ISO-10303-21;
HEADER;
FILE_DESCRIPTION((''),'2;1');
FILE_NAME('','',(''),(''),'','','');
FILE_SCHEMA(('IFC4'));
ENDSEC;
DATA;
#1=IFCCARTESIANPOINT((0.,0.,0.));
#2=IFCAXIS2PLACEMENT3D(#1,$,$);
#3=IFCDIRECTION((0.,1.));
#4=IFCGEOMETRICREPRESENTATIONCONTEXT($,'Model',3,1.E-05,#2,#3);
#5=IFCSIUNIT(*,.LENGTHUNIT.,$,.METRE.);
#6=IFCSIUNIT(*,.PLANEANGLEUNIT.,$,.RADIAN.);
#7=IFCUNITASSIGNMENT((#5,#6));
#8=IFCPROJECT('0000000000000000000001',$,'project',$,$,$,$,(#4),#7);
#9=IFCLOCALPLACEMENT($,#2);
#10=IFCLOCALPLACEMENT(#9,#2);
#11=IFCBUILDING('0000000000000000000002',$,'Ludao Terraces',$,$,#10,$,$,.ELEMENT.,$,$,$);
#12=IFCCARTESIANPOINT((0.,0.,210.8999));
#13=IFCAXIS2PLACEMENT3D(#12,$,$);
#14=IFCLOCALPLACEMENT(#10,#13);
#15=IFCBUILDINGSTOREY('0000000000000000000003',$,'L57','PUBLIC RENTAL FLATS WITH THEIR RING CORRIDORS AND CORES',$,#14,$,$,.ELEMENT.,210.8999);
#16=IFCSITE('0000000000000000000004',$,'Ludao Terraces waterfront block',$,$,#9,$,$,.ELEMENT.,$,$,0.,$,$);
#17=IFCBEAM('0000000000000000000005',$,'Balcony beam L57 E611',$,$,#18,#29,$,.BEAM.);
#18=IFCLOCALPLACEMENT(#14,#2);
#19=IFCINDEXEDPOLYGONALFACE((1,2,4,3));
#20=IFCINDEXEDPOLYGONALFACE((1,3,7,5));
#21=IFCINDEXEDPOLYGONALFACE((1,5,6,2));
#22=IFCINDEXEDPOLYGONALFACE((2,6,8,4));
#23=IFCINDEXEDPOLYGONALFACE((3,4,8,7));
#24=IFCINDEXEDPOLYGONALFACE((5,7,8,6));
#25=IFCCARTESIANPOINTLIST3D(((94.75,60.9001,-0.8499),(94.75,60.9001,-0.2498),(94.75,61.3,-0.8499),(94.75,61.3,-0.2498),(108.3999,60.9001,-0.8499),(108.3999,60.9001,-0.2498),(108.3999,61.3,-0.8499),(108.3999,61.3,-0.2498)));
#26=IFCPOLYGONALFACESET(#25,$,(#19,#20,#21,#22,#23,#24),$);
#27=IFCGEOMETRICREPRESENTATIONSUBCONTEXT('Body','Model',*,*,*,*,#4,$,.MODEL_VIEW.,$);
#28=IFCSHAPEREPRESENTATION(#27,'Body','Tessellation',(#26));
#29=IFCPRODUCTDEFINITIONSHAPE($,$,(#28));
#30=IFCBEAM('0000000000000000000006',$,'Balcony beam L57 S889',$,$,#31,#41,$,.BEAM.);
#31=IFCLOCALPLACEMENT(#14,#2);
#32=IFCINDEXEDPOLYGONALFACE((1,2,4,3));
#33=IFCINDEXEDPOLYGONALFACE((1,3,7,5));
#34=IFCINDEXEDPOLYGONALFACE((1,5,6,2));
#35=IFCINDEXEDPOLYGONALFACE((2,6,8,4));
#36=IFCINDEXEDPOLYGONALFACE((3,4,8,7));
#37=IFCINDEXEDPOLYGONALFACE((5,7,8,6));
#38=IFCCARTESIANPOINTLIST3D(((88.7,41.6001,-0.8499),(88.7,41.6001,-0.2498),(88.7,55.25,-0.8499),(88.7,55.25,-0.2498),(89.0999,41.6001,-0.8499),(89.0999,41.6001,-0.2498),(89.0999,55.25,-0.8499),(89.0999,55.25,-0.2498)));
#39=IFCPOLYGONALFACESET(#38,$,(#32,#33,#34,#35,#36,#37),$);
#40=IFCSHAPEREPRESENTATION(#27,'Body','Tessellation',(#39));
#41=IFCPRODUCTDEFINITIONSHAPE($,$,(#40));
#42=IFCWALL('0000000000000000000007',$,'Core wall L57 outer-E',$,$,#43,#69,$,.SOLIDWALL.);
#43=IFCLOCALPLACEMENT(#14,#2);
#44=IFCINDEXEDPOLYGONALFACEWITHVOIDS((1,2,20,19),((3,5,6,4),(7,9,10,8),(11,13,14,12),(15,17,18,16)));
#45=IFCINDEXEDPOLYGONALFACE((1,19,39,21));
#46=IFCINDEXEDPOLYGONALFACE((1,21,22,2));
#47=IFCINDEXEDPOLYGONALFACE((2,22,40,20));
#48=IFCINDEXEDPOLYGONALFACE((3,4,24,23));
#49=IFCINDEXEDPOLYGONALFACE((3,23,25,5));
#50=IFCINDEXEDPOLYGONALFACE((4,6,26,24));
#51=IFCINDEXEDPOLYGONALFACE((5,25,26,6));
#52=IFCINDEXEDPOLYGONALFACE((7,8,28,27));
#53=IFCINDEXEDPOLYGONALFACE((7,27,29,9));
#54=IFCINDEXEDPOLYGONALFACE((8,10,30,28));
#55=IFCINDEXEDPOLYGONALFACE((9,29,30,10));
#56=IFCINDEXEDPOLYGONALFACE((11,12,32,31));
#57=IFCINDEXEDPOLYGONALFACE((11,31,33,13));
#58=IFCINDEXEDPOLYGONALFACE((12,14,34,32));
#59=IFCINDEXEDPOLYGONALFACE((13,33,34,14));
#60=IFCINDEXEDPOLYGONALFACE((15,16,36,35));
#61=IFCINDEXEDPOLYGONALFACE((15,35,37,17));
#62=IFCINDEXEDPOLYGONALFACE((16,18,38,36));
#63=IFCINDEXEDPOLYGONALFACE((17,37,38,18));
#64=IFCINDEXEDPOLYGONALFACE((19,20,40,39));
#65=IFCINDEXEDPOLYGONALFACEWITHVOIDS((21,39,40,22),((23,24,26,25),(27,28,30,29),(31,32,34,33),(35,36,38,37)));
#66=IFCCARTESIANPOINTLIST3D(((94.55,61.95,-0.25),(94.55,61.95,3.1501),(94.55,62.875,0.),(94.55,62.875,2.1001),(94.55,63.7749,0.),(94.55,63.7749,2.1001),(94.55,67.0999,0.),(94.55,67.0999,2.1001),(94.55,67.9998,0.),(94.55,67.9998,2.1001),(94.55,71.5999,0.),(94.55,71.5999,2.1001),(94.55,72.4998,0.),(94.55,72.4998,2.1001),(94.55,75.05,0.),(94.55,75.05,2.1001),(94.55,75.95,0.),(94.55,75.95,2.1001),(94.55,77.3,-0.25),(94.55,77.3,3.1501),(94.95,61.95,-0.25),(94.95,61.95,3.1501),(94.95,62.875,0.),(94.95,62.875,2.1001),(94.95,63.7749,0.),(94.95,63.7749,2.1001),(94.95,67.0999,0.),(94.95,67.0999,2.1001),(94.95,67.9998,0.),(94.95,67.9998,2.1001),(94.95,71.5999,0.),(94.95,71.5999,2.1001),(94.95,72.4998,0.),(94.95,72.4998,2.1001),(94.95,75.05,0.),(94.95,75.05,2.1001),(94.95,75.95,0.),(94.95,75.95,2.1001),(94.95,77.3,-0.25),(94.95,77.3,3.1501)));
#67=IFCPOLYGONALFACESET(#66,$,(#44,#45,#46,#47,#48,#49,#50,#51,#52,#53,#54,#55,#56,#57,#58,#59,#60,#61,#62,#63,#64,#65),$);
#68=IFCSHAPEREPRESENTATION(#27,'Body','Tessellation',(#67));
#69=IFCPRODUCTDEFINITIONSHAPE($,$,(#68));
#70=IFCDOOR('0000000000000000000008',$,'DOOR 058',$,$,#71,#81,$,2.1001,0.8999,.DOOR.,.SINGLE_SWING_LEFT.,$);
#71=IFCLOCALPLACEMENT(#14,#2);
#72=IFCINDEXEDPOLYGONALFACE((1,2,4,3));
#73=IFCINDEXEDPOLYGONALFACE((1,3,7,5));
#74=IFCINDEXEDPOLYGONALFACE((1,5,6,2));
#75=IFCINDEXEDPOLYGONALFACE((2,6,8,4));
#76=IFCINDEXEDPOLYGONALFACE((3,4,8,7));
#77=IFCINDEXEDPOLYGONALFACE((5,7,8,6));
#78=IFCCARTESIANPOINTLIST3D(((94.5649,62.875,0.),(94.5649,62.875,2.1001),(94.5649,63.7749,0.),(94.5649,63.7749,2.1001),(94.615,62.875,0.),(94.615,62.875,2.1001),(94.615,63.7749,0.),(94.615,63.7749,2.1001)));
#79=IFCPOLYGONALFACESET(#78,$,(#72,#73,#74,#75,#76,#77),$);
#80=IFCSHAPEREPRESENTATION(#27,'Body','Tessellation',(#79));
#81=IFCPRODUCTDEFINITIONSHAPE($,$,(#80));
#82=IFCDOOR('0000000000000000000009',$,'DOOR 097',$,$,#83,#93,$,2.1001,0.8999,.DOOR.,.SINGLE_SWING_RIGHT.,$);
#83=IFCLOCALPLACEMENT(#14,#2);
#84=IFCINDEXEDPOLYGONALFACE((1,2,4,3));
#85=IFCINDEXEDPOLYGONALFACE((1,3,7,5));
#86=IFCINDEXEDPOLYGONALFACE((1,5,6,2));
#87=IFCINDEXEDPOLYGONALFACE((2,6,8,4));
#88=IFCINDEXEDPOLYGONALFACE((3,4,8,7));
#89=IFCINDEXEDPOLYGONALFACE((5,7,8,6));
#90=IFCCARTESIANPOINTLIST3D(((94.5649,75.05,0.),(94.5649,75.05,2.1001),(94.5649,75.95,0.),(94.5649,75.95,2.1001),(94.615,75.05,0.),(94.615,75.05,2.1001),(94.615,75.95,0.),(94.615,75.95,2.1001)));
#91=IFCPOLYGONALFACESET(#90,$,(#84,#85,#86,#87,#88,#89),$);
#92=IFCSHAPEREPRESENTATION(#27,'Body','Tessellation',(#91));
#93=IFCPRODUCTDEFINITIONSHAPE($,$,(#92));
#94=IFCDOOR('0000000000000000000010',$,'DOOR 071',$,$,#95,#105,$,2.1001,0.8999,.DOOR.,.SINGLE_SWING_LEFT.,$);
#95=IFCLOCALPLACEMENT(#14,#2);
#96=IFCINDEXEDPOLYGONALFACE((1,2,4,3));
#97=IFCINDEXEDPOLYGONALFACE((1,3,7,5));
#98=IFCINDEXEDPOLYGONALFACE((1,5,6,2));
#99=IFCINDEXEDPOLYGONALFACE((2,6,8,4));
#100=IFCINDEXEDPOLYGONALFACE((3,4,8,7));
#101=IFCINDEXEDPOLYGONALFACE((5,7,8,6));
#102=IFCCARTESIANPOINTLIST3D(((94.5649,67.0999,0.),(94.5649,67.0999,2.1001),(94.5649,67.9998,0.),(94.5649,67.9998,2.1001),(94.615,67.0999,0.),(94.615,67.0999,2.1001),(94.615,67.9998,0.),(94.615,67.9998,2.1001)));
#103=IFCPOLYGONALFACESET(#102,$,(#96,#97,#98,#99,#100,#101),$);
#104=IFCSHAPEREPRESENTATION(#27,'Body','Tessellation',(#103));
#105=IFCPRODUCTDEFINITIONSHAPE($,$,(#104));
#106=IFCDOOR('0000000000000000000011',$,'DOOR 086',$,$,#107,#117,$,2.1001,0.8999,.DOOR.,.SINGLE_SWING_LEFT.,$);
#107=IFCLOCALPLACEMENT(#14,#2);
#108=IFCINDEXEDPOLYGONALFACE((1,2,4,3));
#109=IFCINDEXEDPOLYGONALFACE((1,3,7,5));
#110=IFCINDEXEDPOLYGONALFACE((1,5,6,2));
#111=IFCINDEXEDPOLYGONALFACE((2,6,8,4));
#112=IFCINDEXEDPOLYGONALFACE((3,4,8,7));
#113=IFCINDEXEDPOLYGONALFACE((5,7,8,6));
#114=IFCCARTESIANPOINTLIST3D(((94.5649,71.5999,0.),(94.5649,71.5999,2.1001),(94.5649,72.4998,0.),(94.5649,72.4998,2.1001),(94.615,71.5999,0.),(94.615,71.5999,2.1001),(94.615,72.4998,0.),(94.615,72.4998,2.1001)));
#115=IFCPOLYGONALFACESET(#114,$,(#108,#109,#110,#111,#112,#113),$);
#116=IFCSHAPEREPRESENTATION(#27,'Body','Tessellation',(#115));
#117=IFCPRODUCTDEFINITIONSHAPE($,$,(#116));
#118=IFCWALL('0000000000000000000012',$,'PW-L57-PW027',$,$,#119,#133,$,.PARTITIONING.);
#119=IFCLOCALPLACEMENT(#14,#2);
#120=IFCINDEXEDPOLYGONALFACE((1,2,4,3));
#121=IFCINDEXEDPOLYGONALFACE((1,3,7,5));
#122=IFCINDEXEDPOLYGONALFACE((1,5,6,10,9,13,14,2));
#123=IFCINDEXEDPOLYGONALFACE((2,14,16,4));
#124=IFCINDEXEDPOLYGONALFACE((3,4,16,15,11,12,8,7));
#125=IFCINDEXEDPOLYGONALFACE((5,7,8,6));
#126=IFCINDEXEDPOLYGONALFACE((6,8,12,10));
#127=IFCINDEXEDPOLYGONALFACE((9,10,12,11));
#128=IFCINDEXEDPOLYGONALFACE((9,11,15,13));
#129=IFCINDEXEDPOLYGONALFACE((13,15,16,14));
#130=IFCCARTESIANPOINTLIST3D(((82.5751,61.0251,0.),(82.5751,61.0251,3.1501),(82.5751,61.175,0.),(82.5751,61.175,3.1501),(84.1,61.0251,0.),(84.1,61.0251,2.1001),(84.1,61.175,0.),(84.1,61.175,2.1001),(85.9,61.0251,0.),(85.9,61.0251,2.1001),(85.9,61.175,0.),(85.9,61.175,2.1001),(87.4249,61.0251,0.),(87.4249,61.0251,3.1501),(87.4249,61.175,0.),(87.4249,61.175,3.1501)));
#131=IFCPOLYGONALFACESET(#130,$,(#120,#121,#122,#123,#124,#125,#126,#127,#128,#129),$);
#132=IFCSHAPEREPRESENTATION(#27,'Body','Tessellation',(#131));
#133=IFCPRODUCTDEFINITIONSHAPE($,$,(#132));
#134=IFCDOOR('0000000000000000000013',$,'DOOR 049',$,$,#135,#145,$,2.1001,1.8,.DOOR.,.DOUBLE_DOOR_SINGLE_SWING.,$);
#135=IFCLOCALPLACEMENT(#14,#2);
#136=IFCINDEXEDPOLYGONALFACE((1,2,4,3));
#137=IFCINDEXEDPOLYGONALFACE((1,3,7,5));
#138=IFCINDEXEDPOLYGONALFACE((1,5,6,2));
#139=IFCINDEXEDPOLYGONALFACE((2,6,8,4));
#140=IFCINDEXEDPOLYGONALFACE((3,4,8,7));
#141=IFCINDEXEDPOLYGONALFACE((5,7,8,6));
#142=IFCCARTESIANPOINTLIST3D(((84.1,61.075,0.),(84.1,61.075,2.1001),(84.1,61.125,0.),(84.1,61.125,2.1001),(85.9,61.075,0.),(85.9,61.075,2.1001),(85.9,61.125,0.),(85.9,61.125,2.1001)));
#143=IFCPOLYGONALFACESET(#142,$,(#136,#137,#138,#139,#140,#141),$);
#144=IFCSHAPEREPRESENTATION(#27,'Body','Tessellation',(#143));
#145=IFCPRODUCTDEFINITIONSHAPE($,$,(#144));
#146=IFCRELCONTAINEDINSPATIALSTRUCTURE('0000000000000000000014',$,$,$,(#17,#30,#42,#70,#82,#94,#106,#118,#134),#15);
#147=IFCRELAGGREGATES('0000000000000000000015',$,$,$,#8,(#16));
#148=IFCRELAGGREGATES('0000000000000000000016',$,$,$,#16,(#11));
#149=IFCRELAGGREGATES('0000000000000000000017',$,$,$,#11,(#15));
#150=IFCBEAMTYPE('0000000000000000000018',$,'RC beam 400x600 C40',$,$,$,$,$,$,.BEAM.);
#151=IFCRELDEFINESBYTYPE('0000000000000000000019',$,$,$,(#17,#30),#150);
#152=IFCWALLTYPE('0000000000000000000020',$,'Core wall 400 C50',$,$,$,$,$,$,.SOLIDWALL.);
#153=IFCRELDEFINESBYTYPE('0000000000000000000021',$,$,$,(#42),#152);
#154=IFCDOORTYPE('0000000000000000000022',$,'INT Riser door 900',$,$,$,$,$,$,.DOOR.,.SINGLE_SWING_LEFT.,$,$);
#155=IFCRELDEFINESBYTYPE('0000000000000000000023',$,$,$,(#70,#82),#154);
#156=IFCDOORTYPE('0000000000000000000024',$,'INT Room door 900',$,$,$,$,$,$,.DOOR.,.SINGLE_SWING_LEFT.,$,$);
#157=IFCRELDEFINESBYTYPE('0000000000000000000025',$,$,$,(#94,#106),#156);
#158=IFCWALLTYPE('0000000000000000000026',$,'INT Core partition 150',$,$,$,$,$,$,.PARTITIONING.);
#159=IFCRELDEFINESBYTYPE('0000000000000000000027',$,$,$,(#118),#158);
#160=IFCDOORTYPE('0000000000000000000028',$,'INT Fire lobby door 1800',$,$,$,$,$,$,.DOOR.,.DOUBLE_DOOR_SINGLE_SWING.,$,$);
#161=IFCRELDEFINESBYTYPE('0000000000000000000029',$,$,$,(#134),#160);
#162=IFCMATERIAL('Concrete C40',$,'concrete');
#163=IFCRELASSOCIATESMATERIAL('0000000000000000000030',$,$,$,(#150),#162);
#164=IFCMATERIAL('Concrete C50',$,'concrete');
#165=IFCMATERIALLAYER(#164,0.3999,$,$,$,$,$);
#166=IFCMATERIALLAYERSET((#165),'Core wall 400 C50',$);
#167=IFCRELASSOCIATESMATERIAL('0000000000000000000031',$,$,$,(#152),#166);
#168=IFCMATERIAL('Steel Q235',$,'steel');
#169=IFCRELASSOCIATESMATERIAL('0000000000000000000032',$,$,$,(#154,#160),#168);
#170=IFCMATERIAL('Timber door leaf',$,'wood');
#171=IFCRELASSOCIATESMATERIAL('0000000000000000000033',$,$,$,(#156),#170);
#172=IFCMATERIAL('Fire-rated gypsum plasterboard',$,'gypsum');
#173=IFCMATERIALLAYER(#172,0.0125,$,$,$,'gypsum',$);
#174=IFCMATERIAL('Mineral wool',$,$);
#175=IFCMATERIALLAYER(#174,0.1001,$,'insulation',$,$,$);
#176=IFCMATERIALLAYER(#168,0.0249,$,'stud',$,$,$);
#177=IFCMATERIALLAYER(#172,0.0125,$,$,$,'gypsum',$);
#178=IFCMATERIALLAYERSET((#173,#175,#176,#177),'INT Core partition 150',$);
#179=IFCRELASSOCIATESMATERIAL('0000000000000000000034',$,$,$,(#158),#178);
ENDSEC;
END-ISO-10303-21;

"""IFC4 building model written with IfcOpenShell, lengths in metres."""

from ifc_helpers import new_model, si_unit, direction, frame, frame_2d, origin, origin_2d, place, context, subcontext, project, spatial, rectangle, extrude, material, layer, layer_set, material_profile, profile_set, type_object, element, fill, save


model = new_model("IFC4")

# Units and contexts
model_context = context("Model", 3, precision=1e-05, world=origin(), true_north=direction((0.0, 1.0)))
body_context = subcontext(model_context, "Body", "Model", "MODEL_VIEW")
ifc_project = project(units=[si_unit("LENGTHUNIT", "METRE"), si_unit("PLANEANGLEUNIT", "RADIAN")], contexts=[model_context])

# Site, building, storey
site_placement = place(None, origin())
site = spatial("IfcSite", under=ifc_project, at=site_placement, Name="Ludao Terraces waterfront block", CompositionType="ELEMENT", RefElevation=0.0)
building_placement = place(site_placement, origin())
building = spatial("IfcBuilding", under=site, at=building_placement, Name="Ludao Terraces", CompositionType="ELEMENT")
storey_placement = place(building_placement, frame((0.0, 0.0, 210.8999)))
storey = spatial("IfcBuildingStorey", under=building, at=storey_placement, Name="L57", Description="PUBLIC RENTAL FLATS WITH THEIR RING CORRIDORS AND CORES", CompositionType="ELEMENT", Elevation=210.8999)

# Beams
ifc_material_1 = material(Name="Concrete C40", Category="concrete")
ifc_material_profile = material_profile(ifc_material_1, rectangle(XDim=0.3999, YDim=0.6001, at=origin_2d()), Name="400 X 600")
ifc_profile_set = profile_set([ifc_material_profile], Name="Concrete C40")
beam_type = type_object("IfcBeamType", Name="RC beam 400x600 C40", PredefinedType="BEAM", material=ifc_profile_set)
for number, where, z_axis, x_axis, name in (
    (1, (94.75, 61.1001, -0.5498), (1.0, 0.0, 0.0), (0.0, 1.0, 0.0), "Balcony beam L57 E611"),
    (2, (88.8999, 55.25, -0.5498), (0.0, -1.0, 0.0), (1.0, 0.0, 0.0), "Balcony beam L57 S889"),
):
    element("IfcBeam", number, at=place(storey_placement, frame(where, z_axis=z_axis, x_axis=x_axis)), inside=storey, type_object=beam_type, Name=name, PredefinedType="BEAM", context=body_context, shape_type="SweptSolid", body=[
        extrude(rectangle(XDim=0.3999, YDim=0.6001, at=origin_2d()), origin(), (0.0, 0.0, 1.0), 13.6499),
    ])

# Wall, openings, doors
ifc_material_2 = material(Name="Concrete C50", Category="concrete")
ifc_layer_1 = layer(ifc_material_2, 0.3999)
ifc_layer_set_1 = layer_set([ifc_layer_1], Name="Core wall 400 C50")
wall_type_1 = type_object("IfcWallType", Name="Core wall 400 C50", PredefinedType="SOLIDWALL", material=ifc_layer_set_1)
wall_1_placement = place(storey_placement, frame((94.75, 61.95, -0.25), z_axis=(0.0, 0.0, 1.0), x_axis=(0.0, 1.0, 0.0)))
wall_1 = element("IfcWall", 3, at=wall_1_placement, inside=storey, type_object=wall_type_1, Name="Core wall L57 outer-E", PredefinedType="SOLIDWALL", context=body_context, shape_type="SweptSolid", body=[
    extrude(rectangle(XDim=15.3501, YDim=0.3999, at=frame_2d((7.675, 0.0))), origin(), (0.0, 0.0, 1.0), 3.4001),
])
opening_1_placement = place(wall_1_placement, frame((0.925, 0.0, 0.25)))
opening_1 = element("IfcOpeningElement", 4, at=opening_1_placement, cuts=wall_1, PredefinedType="OPENING", context=body_context, shape_type="SweptSolid", body=[
    extrude(rectangle(XDim=0.8999, YDim=2.1001, at=frame_2d((0.45, 1.05))), frame((0.0, 0.21, 0.0), z_axis=(0.0, -1.0, 0.0), x_axis=(1.0, 0.0, 0.0)), (0.0, 0.0, 1.0), 0.4199),
])
opening_2_placement = place(wall_1_placement, frame((5.1499, 0.0, 0.25)))
opening_2 = element("IfcOpeningElement", 5, at=opening_2_placement, cuts=wall_1, PredefinedType="OPENING", context=body_context, shape_type="SweptSolid", body=[
    extrude(rectangle(XDim=0.8999, YDim=2.1001, at=frame_2d((0.45, 1.05))), frame((0.0, 0.21, 0.0), z_axis=(0.0, -1.0, 0.0), x_axis=(1.0, 0.0, 0.0)), (0.0, 0.0, 1.0), 0.4199),
])
opening_3_placement = place(wall_1_placement, frame((9.6499, 0.0, 0.25)))
opening_3 = element("IfcOpeningElement", 6, at=opening_3_placement, cuts=wall_1, PredefinedType="OPENING", context=body_context, shape_type="SweptSolid", body=[
    extrude(rectangle(XDim=0.8999, YDim=2.1001, at=frame_2d((0.45, 1.05))), frame((0.0, 0.21, 0.0), z_axis=(0.0, -1.0, 0.0), x_axis=(1.0, 0.0, 0.0)), (0.0, 0.0, 1.0), 0.4199),
])
opening_4_placement = place(wall_1_placement, frame((13.1001, 0.0, 0.25)))
opening_4 = element("IfcOpeningElement", 7, at=opening_4_placement, cuts=wall_1, PredefinedType="OPENING", context=body_context, shape_type="SweptSolid", body=[
    extrude(rectangle(XDim=0.8999, YDim=2.1001, at=frame_2d((0.45, 1.05))), frame((0.0, 0.21, 0.0), z_axis=(0.0, -1.0, 0.0), x_axis=(1.0, 0.0, 0.0)), (0.0, 0.0, 1.0), 0.4199),
])
ifc_material_3 = material(Name="Steel Q235", Category="steel")
door_type_1 = type_object("IfcDoorType", Name="INT Riser door 900", OperationType="SINGLE_SWING_LEFT", PredefinedType="DOOR", material=ifc_material_3)
door_1_placement = place(opening_1_placement, origin())
door_1 = element("IfcDoor", 8, at=door_1_placement, inside=storey, type_object=door_type_1, Name="DOOR 058", OperationType="SINGLE_SWING_LEFT", OverallHeight=2.1001, OverallWidth=0.8999, PredefinedType="DOOR", context=body_context, shape_type="SweptSolid", body=[
    extrude(rectangle(XDim=0.8999, YDim=2.1001, at=frame_2d((0.45, 1.05))), frame((0.0, 0.1851, 0.0), z_axis=(0.0, -1.0, 0.0), x_axis=(1.0, 0.0, 0.0)), (0.0, 0.0, 1.0), 0.05),
])
fill(opening_1, door_1)
door_2_placement = place(opening_4_placement, origin())
door_2 = element("IfcDoor", 9, at=door_2_placement, inside=storey, type_object=door_type_1, Name="DOOR 097", OperationType="SINGLE_SWING_RIGHT", OverallHeight=2.1001, OverallWidth=0.8999, PredefinedType="DOOR", context=body_context, shape_type="SweptSolid", body=[
    extrude(rectangle(XDim=0.8999, YDim=2.1001, at=frame_2d((0.45, 1.05))), frame((0.0, 0.1851, 0.0), z_axis=(0.0, -1.0, 0.0), x_axis=(1.0, 0.0, 0.0)), (0.0, 0.0, 1.0), 0.05),
])
fill(opening_4, door_2)
ifc_material_4 = material(Name="Timber door leaf", Category="wood")
door_type_2 = type_object("IfcDoorType", Name="INT Room door 900", OperationType="SINGLE_SWING_LEFT", PredefinedType="DOOR", material=ifc_material_4)
door_3_placement = place(opening_2_placement, origin())
door_3 = element("IfcDoor", 10, at=door_3_placement, inside=storey, type_object=door_type_2, Name="DOOR 071", OperationType="SINGLE_SWING_LEFT", OverallHeight=2.1001, OverallWidth=0.8999, PredefinedType="DOOR", context=body_context, shape_type="SweptSolid", body=[
    extrude(rectangle(XDim=0.8999, YDim=2.1001, at=frame_2d((0.45, 1.05))), frame((0.0, 0.1851, 0.0), z_axis=(0.0, -1.0, 0.0), x_axis=(1.0, 0.0, 0.0)), (0.0, 0.0, 1.0), 0.05),
])
fill(opening_2, door_3)
door_4_placement = place(opening_3_placement, origin())
door_4 = element("IfcDoor", 11, at=door_4_placement, inside=storey, type_object=door_type_2, Name="DOOR 086", OperationType="SINGLE_SWING_LEFT", OverallHeight=2.1001, OverallWidth=0.8999, PredefinedType="DOOR", context=body_context, shape_type="SweptSolid", body=[
    extrude(rectangle(XDim=0.8999, YDim=2.1001, at=frame_2d((0.45, 1.05))), frame((0.0, 0.1851, 0.0), z_axis=(0.0, -1.0, 0.0), x_axis=(1.0, 0.0, 0.0)), (0.0, 0.0, 1.0), 0.05),
])
fill(opening_3, door_4)

# Wall, opening, door
ifc_material_5 = material(Name="Fire-rated gypsum plasterboard", Category="gypsum")
ifc_layer_2 = layer(ifc_material_5, 0.0125, Category="gypsum")
ifc_material_6 = material(Name="Mineral wool")
ifc_layer_3 = layer(ifc_material_6, 0.1001, Name="insulation")
ifc_layer_4 = layer(ifc_material_3, 0.0249, Name="stud")
ifc_layer_5 = layer(ifc_material_5, 0.0125, Category="gypsum")
ifc_layer_set_2 = layer_set([ifc_layer_2, ifc_layer_3, ifc_layer_4, ifc_layer_5], Name="INT Core partition 150")
wall_type_2 = type_object("IfcWallType", Name="INT Core partition 150", PredefinedType="PARTITIONING", material=ifc_layer_set_2)
wall_2_placement = place(storey_placement, frame((82.5752, 61.1001, 0.0), z_axis=(0.0, 0.0, 1.0), x_axis=(1.0, 0.0, 0.0)))
wall_2 = element("IfcWall", 12, at=wall_2_placement, inside=storey, type_object=wall_type_2, Name="PW-L57-PW027", PredefinedType="PARTITIONING", context=body_context, shape_type="SweptSolid", body=[
    extrude(rectangle(XDim=4.8499, YDim=0.1499, at=frame_2d((2.4248, 0.0))), origin(), (0.0, 0.0, 1.0), 3.1501),
])
opening_5_placement = place(wall_2_placement, frame((1.5249, 0.0, 0.0)))
opening_5 = element("IfcOpeningElement", 13, at=opening_5_placement, cuts=wall_2, PredefinedType="OPENING", context=body_context, shape_type="SweptSolid", body=[
    extrude(rectangle(XDim=1.8, YDim=2.1001, at=frame_2d((0.8999, 1.05))), frame((0.0, 0.085, 0.0), z_axis=(0.0, -1.0, 0.0), x_axis=(1.0, 0.0, 0.0)), (0.0, 0.0, 1.0), 0.1699),
])
door_type_3 = type_object("IfcDoorType", Name="INT Fire lobby door 1800", OperationType="DOUBLE_DOOR_SINGLE_SWING", PredefinedType="DOOR", material=ifc_material_3)
door_5_placement = place(opening_5_placement, origin())
door_5 = element("IfcDoor", 14, at=door_5_placement, inside=storey, type_object=door_type_3, Name="DOOR 049", OperationType="DOUBLE_DOOR_SINGLE_SWING", OverallHeight=2.1001, OverallWidth=1.8, PredefinedType="DOOR", context=body_context, shape_type="SweptSolid", body=[
    extrude(rectangle(XDim=1.8, YDim=2.1001, at=frame_2d((0.8999, 1.05))), frame((0.0, 0.0249, 0.0), z_axis=(0.0, -1.0, 0.0), x_axis=(1.0, 0.0, 0.0)), (0.0, 0.0, 1.0), 0.05),
])
fill(opening_5, door_5)

save(model, "model.ifc")
